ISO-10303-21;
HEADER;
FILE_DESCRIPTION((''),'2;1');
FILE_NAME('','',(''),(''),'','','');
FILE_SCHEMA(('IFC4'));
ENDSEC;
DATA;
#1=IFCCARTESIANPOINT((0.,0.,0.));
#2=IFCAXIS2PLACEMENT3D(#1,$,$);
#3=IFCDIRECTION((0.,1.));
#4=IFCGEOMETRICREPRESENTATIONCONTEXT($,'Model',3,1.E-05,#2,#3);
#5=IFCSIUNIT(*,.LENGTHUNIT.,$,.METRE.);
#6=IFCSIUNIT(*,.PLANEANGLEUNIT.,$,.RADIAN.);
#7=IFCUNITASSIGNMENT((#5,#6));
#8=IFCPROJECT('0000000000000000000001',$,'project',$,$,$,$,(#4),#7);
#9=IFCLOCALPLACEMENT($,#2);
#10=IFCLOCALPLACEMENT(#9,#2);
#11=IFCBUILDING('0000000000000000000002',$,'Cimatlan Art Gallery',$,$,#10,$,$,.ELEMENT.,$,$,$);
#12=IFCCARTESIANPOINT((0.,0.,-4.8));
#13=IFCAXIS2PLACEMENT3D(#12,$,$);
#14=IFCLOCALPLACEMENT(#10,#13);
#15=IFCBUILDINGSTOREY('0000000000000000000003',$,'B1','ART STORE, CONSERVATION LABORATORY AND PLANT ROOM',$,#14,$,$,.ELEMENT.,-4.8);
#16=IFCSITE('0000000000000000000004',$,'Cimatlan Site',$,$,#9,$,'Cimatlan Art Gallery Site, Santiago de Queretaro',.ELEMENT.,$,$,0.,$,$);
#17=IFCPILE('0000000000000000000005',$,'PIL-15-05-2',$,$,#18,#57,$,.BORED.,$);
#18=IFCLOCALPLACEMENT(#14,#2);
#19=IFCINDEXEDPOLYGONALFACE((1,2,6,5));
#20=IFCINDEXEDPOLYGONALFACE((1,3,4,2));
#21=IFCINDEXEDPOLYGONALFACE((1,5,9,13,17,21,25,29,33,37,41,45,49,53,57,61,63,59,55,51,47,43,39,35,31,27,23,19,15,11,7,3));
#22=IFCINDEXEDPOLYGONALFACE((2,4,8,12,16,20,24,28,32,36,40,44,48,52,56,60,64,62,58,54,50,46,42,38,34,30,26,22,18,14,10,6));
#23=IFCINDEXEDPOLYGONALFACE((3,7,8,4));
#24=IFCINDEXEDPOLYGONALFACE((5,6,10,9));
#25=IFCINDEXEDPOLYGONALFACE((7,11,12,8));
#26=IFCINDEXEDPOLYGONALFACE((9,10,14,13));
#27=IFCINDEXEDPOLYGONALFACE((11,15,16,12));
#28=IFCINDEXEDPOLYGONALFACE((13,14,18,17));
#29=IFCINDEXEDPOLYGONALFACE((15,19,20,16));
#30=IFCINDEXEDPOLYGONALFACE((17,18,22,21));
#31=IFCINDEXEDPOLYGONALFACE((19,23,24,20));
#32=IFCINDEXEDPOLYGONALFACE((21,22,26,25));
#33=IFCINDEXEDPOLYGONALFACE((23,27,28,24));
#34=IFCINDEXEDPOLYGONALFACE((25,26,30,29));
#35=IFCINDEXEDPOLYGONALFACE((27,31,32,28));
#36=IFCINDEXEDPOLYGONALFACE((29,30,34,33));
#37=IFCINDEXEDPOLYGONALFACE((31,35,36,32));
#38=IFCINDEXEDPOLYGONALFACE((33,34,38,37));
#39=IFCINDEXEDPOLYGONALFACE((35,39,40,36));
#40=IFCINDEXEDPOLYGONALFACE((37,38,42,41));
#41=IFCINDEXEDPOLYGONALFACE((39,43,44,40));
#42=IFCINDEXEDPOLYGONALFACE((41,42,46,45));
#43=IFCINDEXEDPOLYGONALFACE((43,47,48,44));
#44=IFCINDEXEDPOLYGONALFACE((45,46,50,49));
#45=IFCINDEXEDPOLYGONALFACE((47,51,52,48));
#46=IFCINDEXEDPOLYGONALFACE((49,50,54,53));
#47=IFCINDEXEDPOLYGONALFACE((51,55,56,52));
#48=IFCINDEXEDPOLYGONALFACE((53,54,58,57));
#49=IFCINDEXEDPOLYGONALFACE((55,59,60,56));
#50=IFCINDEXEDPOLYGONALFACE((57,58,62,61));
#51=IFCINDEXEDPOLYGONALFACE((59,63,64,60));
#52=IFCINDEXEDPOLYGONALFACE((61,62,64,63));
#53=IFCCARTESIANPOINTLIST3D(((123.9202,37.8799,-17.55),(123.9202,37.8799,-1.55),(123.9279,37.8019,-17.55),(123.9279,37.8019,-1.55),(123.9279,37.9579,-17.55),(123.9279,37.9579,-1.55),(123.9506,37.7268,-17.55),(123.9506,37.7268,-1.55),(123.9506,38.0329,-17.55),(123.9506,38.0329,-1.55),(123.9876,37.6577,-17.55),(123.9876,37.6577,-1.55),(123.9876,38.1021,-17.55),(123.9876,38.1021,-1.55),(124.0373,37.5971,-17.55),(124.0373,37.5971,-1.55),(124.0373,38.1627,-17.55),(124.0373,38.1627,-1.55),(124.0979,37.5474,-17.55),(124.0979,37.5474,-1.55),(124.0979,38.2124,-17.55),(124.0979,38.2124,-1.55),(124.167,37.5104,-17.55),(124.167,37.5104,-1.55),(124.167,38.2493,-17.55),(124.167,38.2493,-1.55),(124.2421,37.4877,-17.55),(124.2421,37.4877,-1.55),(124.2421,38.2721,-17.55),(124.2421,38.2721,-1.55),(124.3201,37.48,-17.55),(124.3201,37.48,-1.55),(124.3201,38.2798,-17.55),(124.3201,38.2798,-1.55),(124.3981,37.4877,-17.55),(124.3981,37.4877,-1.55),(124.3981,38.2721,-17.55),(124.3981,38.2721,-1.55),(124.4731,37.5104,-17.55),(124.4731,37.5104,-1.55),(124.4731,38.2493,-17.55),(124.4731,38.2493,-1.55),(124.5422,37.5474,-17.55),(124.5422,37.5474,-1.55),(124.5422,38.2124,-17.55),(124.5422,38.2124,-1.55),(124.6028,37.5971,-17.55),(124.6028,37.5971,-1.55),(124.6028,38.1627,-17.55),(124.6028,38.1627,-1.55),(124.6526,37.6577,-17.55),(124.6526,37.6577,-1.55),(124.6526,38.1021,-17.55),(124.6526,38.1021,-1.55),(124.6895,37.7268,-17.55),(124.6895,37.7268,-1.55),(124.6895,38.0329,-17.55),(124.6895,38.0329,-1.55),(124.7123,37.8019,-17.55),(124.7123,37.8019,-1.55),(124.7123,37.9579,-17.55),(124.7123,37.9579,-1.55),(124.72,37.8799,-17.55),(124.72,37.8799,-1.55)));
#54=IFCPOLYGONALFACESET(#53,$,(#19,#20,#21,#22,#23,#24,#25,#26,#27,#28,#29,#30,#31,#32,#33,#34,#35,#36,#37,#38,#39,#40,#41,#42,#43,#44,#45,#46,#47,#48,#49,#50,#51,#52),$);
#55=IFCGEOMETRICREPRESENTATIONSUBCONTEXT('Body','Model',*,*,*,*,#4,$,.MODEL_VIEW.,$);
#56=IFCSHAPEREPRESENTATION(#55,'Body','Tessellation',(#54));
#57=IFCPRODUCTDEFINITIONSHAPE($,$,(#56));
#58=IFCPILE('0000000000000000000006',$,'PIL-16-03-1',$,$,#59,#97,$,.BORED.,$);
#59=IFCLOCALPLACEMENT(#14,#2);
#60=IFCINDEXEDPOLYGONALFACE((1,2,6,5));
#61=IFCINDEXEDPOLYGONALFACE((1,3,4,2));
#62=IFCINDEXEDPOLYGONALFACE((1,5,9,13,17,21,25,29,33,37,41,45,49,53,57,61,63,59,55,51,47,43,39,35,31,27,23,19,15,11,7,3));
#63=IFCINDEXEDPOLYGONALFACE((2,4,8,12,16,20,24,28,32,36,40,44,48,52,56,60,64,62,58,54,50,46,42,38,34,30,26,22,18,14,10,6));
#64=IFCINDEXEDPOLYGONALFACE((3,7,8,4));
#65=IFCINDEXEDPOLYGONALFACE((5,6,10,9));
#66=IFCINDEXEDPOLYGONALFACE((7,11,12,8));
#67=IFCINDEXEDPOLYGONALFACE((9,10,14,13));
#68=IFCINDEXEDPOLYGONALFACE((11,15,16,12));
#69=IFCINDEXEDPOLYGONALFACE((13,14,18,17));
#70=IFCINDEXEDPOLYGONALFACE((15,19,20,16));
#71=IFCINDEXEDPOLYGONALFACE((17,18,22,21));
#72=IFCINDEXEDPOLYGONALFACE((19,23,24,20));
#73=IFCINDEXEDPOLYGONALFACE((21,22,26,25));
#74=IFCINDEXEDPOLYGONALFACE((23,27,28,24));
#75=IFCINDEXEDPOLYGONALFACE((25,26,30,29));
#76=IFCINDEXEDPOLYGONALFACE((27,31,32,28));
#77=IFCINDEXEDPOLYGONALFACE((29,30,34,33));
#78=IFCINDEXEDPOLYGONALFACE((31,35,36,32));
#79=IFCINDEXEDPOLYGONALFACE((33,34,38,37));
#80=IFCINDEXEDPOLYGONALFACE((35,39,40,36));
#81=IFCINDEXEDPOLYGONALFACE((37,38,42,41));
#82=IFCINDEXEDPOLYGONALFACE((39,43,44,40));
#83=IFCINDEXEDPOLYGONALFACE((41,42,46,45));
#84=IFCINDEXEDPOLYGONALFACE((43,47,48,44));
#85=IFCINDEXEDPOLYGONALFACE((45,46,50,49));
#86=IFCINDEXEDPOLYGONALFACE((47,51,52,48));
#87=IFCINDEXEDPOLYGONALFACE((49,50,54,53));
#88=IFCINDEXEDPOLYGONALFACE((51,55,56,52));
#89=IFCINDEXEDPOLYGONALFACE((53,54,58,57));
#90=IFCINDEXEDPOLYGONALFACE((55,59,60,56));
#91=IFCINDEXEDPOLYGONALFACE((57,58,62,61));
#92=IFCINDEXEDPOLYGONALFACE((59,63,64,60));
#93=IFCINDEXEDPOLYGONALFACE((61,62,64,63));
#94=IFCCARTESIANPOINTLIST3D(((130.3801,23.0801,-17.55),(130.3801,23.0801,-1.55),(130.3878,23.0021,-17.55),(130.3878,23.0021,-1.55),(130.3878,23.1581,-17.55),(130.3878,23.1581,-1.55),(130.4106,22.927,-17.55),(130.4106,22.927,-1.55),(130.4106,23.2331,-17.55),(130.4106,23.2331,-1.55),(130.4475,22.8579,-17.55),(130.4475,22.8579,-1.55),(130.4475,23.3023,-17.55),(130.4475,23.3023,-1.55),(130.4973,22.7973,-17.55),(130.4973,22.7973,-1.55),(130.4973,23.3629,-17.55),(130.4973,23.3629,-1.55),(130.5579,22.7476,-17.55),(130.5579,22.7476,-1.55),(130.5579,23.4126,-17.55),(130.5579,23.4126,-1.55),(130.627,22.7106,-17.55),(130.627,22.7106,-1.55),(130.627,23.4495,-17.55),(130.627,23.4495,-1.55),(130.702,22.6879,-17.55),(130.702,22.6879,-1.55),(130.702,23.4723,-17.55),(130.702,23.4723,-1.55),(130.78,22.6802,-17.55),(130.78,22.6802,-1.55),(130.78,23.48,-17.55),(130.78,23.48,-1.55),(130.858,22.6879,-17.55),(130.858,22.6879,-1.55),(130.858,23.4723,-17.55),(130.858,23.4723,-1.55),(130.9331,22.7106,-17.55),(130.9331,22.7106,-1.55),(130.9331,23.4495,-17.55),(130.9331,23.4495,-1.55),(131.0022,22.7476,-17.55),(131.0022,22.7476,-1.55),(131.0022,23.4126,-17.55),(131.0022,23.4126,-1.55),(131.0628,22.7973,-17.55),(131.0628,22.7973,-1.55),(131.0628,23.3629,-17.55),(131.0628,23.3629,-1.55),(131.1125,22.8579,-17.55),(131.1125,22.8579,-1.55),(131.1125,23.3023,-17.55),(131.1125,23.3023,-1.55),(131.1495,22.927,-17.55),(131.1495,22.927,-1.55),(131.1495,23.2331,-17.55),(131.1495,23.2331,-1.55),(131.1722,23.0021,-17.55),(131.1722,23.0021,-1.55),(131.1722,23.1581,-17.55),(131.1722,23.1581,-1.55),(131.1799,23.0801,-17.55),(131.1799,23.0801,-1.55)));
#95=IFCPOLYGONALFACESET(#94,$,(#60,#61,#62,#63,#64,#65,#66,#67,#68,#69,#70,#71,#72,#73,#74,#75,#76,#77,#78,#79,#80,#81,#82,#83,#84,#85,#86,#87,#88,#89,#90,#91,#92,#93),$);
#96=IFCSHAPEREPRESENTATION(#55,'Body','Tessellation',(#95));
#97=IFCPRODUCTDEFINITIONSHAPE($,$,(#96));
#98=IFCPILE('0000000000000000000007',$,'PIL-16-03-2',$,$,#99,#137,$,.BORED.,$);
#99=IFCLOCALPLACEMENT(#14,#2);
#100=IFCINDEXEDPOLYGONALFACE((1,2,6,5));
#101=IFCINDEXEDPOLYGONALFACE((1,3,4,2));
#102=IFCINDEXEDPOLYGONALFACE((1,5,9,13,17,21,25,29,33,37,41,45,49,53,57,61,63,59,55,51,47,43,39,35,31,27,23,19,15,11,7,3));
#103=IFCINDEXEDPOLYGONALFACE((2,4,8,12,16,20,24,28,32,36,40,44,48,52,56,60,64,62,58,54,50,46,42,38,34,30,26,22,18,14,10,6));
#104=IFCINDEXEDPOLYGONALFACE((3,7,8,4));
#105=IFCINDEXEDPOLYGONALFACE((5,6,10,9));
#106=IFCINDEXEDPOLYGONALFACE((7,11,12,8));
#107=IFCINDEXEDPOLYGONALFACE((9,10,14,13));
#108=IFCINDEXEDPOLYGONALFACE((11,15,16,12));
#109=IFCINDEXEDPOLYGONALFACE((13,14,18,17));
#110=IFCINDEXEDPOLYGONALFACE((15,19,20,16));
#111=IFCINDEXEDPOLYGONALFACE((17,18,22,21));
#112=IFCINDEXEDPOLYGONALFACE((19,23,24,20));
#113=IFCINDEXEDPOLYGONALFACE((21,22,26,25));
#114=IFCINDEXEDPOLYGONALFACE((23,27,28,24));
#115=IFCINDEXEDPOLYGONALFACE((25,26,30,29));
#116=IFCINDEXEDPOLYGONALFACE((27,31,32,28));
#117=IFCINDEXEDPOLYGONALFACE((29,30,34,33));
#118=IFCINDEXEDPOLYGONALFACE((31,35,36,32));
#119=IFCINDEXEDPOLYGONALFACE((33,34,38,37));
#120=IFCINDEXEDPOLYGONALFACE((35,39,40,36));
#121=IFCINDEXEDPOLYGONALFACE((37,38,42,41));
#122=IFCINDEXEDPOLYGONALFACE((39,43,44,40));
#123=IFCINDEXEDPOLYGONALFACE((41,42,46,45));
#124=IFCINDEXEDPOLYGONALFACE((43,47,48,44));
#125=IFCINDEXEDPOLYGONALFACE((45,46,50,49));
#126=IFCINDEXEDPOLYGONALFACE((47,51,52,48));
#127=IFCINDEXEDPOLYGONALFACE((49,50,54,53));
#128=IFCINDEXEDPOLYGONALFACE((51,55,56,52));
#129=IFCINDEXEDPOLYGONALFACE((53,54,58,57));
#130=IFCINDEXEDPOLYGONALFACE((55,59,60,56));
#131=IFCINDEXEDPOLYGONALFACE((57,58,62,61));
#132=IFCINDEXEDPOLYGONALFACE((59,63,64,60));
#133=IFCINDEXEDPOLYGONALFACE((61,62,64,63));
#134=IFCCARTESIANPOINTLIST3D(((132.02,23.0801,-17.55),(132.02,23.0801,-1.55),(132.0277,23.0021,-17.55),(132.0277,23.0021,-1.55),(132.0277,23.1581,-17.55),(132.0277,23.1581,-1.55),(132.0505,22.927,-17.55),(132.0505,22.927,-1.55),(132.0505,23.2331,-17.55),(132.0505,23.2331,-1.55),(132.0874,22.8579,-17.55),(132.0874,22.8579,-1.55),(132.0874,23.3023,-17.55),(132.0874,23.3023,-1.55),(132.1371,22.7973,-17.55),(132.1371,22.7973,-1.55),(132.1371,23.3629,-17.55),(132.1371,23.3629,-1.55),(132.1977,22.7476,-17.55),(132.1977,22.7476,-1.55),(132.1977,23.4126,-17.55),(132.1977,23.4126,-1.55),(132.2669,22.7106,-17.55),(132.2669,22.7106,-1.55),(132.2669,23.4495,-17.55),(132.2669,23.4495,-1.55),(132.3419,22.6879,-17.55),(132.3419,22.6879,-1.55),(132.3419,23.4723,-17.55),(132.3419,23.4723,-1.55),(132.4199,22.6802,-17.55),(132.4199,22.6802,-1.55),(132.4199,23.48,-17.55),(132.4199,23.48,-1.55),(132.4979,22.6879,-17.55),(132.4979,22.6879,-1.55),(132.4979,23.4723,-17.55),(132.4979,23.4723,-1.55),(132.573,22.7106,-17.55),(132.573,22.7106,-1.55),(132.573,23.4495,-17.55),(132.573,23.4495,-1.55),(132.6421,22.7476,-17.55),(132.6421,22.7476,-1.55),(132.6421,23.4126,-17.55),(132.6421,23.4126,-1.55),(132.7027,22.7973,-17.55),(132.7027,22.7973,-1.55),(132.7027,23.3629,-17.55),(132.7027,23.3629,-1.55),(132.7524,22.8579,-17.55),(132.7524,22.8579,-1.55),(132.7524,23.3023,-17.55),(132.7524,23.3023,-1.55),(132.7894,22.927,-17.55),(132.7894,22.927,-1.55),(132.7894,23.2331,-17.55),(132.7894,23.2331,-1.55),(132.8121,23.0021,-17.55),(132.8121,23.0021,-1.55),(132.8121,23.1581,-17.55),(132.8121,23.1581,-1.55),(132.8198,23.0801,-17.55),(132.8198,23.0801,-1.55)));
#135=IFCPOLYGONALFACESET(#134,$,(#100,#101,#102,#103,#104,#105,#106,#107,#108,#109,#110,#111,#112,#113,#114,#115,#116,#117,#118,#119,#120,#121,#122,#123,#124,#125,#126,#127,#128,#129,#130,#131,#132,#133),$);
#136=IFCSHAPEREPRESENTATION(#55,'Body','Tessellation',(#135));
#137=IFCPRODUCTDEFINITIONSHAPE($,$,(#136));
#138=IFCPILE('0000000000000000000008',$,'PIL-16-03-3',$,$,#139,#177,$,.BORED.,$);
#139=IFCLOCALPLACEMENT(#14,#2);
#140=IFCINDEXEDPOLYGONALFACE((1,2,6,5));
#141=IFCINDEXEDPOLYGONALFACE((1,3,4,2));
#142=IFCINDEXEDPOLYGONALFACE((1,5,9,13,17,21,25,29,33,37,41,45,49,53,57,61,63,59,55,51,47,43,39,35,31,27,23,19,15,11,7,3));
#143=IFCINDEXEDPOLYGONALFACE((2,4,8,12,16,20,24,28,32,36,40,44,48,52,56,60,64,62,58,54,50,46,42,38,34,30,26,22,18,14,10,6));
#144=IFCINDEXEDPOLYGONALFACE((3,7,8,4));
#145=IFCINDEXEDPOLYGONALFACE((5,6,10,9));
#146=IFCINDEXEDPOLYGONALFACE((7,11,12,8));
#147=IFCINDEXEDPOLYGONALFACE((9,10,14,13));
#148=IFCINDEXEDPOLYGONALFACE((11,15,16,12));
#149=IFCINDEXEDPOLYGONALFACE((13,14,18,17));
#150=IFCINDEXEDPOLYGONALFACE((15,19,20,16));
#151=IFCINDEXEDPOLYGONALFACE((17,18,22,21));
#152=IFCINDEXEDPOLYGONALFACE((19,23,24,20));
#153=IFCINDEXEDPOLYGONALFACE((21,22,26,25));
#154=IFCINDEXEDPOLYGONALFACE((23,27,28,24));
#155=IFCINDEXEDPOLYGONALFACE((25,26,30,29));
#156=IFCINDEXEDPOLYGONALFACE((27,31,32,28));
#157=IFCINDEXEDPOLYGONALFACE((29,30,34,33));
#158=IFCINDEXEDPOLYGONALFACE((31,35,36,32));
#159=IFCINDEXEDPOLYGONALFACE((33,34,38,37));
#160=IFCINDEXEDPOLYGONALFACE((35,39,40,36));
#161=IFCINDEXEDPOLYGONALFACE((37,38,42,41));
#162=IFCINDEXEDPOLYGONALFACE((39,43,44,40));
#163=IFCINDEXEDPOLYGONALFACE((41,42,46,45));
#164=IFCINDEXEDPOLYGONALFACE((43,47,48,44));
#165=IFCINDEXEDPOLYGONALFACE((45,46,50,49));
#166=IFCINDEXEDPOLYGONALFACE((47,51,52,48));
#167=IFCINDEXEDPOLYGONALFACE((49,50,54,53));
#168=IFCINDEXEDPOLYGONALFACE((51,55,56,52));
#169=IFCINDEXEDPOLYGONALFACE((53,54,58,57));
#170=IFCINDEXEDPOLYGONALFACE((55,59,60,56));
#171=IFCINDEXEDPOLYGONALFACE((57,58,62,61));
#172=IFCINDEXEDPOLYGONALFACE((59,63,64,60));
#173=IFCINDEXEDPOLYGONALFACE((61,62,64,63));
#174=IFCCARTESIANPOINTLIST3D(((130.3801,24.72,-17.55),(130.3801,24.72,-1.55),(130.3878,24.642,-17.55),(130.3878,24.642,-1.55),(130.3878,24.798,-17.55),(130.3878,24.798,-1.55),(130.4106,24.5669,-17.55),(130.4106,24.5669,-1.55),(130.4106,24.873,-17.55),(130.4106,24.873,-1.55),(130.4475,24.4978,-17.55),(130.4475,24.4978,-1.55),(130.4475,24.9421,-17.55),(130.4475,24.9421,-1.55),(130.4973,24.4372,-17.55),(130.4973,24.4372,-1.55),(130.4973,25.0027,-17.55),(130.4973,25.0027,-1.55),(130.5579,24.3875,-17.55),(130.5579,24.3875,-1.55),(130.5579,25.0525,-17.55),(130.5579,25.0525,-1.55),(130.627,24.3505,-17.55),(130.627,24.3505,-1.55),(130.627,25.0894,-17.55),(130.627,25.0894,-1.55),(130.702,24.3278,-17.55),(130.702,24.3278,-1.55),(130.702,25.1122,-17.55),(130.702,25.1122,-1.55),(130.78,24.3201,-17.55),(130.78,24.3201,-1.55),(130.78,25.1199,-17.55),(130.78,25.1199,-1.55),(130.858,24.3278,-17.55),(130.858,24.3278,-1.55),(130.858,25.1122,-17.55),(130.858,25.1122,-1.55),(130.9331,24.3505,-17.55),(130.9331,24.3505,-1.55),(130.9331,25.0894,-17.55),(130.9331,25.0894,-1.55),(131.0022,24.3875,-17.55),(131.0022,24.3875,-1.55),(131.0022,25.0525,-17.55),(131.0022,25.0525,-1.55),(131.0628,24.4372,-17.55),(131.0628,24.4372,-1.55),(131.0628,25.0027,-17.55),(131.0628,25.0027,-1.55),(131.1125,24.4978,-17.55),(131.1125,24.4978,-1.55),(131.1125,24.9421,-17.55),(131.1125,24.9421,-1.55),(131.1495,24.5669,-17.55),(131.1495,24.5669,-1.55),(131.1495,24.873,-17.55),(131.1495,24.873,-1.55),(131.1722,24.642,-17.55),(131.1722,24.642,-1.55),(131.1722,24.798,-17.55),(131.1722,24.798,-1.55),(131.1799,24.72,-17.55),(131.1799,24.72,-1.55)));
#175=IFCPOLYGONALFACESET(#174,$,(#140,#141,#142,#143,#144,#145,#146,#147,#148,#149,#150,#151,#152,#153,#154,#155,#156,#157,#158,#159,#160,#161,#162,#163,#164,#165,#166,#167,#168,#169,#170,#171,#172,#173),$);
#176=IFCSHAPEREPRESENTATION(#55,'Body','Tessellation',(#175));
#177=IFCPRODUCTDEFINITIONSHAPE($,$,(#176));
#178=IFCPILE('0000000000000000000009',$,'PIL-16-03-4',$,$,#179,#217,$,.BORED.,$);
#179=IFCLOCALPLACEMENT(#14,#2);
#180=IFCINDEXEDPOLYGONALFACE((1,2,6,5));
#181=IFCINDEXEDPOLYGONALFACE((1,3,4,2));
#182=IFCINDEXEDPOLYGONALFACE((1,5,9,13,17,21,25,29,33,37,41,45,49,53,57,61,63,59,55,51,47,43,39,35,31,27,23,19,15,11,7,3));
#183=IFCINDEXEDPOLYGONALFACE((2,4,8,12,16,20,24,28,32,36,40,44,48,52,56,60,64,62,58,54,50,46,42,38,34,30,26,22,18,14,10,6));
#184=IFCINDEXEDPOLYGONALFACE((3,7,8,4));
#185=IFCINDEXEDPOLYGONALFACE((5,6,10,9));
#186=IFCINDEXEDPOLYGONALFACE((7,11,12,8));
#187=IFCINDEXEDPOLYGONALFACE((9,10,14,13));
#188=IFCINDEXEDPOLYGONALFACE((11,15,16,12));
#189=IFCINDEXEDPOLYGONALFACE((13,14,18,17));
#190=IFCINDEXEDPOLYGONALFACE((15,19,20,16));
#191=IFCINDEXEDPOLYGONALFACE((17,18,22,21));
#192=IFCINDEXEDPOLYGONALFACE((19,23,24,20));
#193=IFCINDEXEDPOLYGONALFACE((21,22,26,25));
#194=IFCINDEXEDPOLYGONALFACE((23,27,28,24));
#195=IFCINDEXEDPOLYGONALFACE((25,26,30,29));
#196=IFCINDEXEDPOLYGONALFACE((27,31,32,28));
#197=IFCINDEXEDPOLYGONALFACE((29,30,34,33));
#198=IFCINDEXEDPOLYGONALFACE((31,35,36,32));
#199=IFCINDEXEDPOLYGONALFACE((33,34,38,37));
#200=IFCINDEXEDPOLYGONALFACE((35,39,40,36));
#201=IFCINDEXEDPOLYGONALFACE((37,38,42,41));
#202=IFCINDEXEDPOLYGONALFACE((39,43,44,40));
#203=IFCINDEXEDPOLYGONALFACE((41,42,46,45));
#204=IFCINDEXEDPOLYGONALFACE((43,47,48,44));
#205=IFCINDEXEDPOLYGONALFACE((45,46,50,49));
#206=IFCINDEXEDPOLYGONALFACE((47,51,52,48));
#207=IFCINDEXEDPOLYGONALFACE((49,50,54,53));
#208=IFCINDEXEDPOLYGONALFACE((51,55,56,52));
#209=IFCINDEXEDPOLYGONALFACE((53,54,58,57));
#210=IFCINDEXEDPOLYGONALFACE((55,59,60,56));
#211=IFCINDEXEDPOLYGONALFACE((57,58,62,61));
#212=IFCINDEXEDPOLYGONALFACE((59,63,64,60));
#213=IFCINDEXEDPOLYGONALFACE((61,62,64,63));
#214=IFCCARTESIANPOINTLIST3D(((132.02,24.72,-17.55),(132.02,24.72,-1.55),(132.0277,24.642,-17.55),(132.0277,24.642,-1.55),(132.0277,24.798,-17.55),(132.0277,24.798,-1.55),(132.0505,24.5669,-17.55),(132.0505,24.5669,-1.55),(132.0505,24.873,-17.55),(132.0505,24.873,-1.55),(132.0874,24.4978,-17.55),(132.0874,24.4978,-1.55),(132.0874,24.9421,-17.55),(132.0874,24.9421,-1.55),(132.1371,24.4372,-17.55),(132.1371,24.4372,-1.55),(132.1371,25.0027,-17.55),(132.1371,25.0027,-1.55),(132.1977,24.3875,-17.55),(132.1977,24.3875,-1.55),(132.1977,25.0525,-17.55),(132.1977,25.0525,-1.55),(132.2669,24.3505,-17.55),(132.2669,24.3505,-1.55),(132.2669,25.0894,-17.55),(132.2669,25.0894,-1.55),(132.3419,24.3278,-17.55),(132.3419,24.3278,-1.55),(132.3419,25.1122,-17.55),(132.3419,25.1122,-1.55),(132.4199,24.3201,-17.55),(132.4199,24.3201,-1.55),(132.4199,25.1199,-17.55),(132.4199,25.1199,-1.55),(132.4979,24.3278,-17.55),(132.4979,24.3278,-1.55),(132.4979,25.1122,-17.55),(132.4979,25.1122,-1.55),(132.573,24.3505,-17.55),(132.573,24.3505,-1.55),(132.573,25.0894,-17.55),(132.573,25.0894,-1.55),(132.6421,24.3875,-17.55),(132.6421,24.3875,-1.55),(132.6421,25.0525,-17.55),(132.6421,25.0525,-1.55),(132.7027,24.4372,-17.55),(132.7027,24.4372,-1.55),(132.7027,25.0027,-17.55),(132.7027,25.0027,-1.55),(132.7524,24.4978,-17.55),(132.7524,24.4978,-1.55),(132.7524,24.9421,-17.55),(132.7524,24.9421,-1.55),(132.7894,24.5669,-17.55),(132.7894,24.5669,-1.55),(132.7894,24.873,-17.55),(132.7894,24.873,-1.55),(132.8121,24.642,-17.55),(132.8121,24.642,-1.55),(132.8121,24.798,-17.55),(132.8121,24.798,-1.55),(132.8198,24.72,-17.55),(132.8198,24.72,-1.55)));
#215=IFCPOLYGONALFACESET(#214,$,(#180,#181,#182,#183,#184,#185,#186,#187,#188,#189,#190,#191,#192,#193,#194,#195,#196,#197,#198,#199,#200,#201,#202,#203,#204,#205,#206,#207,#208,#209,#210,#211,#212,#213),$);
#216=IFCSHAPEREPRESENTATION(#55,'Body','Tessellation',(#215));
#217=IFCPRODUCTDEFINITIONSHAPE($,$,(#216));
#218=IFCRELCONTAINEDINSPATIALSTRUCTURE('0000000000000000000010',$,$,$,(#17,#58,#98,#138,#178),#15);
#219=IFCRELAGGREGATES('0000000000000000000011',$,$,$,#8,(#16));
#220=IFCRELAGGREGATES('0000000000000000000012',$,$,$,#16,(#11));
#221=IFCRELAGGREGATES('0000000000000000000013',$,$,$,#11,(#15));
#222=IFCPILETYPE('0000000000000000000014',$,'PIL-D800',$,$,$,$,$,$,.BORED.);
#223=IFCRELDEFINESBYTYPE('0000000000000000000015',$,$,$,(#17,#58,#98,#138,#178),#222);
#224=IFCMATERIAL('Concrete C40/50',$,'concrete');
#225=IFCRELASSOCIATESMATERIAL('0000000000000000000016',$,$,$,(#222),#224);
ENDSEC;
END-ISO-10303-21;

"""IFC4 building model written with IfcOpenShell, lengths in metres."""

from ifc_helpers import new_model, si_unit, direction, frame, origin, origin_2d, place, context, subcontext, project, spatial, circle, extrude, material, type_object, element, save


model = new_model("IFC4")

# Units and contexts
model_context = context("Model", 3, precision=1e-05, world=origin(), true_north=direction((0.0, 1.0)))
body_context = subcontext(model_context, "Body", "Model", "MODEL_VIEW")
ifc_project = project(units=[si_unit("LENGTHUNIT", "METRE"), si_unit("PLANEANGLEUNIT", "RADIAN")], contexts=[model_context])

# Site, building, storey
site_placement = place(None, origin())
site = spatial("IfcSite", under=ifc_project, at=site_placement, Name="Cimatlan Site", LongName="Cimatlan Art Gallery Site, Santiago de Queretaro", CompositionType="ELEMENT", RefElevation=0.0)
building_placement = place(site_placement, origin())
building = spatial("IfcBuilding", under=site, at=building_placement, Name="Cimatlan Art Gallery", CompositionType="ELEMENT")
storey_placement = place(building_placement, frame((0.0, 0.0, -4.8)))
storey = spatial("IfcBuildingStorey", under=building, at=storey_placement, Name="B1", Description="ART STORE, CONSERVATION LABORATORY AND PLANT ROOM", CompositionType="ELEMENT", Elevation=-4.8)

# Shared definitions
ifc_material_1 = material(Name="Concrete C40/50", Category="concrete")

# Piles
pile_type = type_object("IfcPileType", Name="PIL-D800", PredefinedType="BORED", material=ifc_material_1)
for number, where, z_axis, x_axis, name in (
    (1, (124.3201, 37.8799, -1.55), (0.0, 0.0, -1.0), (1.0, 0.0, 0.0), "PIL-15-05-2"),
    (2, (130.78, 23.0801, -1.55), (0.0, 0.0, -1.0), (1.0, 0.0, 0.0), "PIL-16-03-1"),
    (3, (132.4199, 23.0801, -1.55), (0.0, 0.0, -1.0), (1.0, 0.0, 0.0), "PIL-16-03-2"),
    (4, (130.78, 24.72, -1.55), (0.0, 0.0, -1.0), (1.0, 0.0, 0.0), "PIL-16-03-3"),
    (5, (132.4199, 24.72, -1.55), (0.0, 0.0, -1.0), (1.0, 0.0, 0.0), "PIL-16-03-4"),
):
    element("IfcPile", number, at=place(storey_placement, frame(where, z_axis=z_axis, x_axis=x_axis)), inside=storey, type_object=pile_type, Name=name, PredefinedType="BORED", context=body_context, shape_type="SweptSolid", body=[
        extrude(circle(Radius=0.3999, at=origin_2d()), origin(), (0.0, 0.0, 1.0), 16.0),
    ])

save(model, "model.ifc")
